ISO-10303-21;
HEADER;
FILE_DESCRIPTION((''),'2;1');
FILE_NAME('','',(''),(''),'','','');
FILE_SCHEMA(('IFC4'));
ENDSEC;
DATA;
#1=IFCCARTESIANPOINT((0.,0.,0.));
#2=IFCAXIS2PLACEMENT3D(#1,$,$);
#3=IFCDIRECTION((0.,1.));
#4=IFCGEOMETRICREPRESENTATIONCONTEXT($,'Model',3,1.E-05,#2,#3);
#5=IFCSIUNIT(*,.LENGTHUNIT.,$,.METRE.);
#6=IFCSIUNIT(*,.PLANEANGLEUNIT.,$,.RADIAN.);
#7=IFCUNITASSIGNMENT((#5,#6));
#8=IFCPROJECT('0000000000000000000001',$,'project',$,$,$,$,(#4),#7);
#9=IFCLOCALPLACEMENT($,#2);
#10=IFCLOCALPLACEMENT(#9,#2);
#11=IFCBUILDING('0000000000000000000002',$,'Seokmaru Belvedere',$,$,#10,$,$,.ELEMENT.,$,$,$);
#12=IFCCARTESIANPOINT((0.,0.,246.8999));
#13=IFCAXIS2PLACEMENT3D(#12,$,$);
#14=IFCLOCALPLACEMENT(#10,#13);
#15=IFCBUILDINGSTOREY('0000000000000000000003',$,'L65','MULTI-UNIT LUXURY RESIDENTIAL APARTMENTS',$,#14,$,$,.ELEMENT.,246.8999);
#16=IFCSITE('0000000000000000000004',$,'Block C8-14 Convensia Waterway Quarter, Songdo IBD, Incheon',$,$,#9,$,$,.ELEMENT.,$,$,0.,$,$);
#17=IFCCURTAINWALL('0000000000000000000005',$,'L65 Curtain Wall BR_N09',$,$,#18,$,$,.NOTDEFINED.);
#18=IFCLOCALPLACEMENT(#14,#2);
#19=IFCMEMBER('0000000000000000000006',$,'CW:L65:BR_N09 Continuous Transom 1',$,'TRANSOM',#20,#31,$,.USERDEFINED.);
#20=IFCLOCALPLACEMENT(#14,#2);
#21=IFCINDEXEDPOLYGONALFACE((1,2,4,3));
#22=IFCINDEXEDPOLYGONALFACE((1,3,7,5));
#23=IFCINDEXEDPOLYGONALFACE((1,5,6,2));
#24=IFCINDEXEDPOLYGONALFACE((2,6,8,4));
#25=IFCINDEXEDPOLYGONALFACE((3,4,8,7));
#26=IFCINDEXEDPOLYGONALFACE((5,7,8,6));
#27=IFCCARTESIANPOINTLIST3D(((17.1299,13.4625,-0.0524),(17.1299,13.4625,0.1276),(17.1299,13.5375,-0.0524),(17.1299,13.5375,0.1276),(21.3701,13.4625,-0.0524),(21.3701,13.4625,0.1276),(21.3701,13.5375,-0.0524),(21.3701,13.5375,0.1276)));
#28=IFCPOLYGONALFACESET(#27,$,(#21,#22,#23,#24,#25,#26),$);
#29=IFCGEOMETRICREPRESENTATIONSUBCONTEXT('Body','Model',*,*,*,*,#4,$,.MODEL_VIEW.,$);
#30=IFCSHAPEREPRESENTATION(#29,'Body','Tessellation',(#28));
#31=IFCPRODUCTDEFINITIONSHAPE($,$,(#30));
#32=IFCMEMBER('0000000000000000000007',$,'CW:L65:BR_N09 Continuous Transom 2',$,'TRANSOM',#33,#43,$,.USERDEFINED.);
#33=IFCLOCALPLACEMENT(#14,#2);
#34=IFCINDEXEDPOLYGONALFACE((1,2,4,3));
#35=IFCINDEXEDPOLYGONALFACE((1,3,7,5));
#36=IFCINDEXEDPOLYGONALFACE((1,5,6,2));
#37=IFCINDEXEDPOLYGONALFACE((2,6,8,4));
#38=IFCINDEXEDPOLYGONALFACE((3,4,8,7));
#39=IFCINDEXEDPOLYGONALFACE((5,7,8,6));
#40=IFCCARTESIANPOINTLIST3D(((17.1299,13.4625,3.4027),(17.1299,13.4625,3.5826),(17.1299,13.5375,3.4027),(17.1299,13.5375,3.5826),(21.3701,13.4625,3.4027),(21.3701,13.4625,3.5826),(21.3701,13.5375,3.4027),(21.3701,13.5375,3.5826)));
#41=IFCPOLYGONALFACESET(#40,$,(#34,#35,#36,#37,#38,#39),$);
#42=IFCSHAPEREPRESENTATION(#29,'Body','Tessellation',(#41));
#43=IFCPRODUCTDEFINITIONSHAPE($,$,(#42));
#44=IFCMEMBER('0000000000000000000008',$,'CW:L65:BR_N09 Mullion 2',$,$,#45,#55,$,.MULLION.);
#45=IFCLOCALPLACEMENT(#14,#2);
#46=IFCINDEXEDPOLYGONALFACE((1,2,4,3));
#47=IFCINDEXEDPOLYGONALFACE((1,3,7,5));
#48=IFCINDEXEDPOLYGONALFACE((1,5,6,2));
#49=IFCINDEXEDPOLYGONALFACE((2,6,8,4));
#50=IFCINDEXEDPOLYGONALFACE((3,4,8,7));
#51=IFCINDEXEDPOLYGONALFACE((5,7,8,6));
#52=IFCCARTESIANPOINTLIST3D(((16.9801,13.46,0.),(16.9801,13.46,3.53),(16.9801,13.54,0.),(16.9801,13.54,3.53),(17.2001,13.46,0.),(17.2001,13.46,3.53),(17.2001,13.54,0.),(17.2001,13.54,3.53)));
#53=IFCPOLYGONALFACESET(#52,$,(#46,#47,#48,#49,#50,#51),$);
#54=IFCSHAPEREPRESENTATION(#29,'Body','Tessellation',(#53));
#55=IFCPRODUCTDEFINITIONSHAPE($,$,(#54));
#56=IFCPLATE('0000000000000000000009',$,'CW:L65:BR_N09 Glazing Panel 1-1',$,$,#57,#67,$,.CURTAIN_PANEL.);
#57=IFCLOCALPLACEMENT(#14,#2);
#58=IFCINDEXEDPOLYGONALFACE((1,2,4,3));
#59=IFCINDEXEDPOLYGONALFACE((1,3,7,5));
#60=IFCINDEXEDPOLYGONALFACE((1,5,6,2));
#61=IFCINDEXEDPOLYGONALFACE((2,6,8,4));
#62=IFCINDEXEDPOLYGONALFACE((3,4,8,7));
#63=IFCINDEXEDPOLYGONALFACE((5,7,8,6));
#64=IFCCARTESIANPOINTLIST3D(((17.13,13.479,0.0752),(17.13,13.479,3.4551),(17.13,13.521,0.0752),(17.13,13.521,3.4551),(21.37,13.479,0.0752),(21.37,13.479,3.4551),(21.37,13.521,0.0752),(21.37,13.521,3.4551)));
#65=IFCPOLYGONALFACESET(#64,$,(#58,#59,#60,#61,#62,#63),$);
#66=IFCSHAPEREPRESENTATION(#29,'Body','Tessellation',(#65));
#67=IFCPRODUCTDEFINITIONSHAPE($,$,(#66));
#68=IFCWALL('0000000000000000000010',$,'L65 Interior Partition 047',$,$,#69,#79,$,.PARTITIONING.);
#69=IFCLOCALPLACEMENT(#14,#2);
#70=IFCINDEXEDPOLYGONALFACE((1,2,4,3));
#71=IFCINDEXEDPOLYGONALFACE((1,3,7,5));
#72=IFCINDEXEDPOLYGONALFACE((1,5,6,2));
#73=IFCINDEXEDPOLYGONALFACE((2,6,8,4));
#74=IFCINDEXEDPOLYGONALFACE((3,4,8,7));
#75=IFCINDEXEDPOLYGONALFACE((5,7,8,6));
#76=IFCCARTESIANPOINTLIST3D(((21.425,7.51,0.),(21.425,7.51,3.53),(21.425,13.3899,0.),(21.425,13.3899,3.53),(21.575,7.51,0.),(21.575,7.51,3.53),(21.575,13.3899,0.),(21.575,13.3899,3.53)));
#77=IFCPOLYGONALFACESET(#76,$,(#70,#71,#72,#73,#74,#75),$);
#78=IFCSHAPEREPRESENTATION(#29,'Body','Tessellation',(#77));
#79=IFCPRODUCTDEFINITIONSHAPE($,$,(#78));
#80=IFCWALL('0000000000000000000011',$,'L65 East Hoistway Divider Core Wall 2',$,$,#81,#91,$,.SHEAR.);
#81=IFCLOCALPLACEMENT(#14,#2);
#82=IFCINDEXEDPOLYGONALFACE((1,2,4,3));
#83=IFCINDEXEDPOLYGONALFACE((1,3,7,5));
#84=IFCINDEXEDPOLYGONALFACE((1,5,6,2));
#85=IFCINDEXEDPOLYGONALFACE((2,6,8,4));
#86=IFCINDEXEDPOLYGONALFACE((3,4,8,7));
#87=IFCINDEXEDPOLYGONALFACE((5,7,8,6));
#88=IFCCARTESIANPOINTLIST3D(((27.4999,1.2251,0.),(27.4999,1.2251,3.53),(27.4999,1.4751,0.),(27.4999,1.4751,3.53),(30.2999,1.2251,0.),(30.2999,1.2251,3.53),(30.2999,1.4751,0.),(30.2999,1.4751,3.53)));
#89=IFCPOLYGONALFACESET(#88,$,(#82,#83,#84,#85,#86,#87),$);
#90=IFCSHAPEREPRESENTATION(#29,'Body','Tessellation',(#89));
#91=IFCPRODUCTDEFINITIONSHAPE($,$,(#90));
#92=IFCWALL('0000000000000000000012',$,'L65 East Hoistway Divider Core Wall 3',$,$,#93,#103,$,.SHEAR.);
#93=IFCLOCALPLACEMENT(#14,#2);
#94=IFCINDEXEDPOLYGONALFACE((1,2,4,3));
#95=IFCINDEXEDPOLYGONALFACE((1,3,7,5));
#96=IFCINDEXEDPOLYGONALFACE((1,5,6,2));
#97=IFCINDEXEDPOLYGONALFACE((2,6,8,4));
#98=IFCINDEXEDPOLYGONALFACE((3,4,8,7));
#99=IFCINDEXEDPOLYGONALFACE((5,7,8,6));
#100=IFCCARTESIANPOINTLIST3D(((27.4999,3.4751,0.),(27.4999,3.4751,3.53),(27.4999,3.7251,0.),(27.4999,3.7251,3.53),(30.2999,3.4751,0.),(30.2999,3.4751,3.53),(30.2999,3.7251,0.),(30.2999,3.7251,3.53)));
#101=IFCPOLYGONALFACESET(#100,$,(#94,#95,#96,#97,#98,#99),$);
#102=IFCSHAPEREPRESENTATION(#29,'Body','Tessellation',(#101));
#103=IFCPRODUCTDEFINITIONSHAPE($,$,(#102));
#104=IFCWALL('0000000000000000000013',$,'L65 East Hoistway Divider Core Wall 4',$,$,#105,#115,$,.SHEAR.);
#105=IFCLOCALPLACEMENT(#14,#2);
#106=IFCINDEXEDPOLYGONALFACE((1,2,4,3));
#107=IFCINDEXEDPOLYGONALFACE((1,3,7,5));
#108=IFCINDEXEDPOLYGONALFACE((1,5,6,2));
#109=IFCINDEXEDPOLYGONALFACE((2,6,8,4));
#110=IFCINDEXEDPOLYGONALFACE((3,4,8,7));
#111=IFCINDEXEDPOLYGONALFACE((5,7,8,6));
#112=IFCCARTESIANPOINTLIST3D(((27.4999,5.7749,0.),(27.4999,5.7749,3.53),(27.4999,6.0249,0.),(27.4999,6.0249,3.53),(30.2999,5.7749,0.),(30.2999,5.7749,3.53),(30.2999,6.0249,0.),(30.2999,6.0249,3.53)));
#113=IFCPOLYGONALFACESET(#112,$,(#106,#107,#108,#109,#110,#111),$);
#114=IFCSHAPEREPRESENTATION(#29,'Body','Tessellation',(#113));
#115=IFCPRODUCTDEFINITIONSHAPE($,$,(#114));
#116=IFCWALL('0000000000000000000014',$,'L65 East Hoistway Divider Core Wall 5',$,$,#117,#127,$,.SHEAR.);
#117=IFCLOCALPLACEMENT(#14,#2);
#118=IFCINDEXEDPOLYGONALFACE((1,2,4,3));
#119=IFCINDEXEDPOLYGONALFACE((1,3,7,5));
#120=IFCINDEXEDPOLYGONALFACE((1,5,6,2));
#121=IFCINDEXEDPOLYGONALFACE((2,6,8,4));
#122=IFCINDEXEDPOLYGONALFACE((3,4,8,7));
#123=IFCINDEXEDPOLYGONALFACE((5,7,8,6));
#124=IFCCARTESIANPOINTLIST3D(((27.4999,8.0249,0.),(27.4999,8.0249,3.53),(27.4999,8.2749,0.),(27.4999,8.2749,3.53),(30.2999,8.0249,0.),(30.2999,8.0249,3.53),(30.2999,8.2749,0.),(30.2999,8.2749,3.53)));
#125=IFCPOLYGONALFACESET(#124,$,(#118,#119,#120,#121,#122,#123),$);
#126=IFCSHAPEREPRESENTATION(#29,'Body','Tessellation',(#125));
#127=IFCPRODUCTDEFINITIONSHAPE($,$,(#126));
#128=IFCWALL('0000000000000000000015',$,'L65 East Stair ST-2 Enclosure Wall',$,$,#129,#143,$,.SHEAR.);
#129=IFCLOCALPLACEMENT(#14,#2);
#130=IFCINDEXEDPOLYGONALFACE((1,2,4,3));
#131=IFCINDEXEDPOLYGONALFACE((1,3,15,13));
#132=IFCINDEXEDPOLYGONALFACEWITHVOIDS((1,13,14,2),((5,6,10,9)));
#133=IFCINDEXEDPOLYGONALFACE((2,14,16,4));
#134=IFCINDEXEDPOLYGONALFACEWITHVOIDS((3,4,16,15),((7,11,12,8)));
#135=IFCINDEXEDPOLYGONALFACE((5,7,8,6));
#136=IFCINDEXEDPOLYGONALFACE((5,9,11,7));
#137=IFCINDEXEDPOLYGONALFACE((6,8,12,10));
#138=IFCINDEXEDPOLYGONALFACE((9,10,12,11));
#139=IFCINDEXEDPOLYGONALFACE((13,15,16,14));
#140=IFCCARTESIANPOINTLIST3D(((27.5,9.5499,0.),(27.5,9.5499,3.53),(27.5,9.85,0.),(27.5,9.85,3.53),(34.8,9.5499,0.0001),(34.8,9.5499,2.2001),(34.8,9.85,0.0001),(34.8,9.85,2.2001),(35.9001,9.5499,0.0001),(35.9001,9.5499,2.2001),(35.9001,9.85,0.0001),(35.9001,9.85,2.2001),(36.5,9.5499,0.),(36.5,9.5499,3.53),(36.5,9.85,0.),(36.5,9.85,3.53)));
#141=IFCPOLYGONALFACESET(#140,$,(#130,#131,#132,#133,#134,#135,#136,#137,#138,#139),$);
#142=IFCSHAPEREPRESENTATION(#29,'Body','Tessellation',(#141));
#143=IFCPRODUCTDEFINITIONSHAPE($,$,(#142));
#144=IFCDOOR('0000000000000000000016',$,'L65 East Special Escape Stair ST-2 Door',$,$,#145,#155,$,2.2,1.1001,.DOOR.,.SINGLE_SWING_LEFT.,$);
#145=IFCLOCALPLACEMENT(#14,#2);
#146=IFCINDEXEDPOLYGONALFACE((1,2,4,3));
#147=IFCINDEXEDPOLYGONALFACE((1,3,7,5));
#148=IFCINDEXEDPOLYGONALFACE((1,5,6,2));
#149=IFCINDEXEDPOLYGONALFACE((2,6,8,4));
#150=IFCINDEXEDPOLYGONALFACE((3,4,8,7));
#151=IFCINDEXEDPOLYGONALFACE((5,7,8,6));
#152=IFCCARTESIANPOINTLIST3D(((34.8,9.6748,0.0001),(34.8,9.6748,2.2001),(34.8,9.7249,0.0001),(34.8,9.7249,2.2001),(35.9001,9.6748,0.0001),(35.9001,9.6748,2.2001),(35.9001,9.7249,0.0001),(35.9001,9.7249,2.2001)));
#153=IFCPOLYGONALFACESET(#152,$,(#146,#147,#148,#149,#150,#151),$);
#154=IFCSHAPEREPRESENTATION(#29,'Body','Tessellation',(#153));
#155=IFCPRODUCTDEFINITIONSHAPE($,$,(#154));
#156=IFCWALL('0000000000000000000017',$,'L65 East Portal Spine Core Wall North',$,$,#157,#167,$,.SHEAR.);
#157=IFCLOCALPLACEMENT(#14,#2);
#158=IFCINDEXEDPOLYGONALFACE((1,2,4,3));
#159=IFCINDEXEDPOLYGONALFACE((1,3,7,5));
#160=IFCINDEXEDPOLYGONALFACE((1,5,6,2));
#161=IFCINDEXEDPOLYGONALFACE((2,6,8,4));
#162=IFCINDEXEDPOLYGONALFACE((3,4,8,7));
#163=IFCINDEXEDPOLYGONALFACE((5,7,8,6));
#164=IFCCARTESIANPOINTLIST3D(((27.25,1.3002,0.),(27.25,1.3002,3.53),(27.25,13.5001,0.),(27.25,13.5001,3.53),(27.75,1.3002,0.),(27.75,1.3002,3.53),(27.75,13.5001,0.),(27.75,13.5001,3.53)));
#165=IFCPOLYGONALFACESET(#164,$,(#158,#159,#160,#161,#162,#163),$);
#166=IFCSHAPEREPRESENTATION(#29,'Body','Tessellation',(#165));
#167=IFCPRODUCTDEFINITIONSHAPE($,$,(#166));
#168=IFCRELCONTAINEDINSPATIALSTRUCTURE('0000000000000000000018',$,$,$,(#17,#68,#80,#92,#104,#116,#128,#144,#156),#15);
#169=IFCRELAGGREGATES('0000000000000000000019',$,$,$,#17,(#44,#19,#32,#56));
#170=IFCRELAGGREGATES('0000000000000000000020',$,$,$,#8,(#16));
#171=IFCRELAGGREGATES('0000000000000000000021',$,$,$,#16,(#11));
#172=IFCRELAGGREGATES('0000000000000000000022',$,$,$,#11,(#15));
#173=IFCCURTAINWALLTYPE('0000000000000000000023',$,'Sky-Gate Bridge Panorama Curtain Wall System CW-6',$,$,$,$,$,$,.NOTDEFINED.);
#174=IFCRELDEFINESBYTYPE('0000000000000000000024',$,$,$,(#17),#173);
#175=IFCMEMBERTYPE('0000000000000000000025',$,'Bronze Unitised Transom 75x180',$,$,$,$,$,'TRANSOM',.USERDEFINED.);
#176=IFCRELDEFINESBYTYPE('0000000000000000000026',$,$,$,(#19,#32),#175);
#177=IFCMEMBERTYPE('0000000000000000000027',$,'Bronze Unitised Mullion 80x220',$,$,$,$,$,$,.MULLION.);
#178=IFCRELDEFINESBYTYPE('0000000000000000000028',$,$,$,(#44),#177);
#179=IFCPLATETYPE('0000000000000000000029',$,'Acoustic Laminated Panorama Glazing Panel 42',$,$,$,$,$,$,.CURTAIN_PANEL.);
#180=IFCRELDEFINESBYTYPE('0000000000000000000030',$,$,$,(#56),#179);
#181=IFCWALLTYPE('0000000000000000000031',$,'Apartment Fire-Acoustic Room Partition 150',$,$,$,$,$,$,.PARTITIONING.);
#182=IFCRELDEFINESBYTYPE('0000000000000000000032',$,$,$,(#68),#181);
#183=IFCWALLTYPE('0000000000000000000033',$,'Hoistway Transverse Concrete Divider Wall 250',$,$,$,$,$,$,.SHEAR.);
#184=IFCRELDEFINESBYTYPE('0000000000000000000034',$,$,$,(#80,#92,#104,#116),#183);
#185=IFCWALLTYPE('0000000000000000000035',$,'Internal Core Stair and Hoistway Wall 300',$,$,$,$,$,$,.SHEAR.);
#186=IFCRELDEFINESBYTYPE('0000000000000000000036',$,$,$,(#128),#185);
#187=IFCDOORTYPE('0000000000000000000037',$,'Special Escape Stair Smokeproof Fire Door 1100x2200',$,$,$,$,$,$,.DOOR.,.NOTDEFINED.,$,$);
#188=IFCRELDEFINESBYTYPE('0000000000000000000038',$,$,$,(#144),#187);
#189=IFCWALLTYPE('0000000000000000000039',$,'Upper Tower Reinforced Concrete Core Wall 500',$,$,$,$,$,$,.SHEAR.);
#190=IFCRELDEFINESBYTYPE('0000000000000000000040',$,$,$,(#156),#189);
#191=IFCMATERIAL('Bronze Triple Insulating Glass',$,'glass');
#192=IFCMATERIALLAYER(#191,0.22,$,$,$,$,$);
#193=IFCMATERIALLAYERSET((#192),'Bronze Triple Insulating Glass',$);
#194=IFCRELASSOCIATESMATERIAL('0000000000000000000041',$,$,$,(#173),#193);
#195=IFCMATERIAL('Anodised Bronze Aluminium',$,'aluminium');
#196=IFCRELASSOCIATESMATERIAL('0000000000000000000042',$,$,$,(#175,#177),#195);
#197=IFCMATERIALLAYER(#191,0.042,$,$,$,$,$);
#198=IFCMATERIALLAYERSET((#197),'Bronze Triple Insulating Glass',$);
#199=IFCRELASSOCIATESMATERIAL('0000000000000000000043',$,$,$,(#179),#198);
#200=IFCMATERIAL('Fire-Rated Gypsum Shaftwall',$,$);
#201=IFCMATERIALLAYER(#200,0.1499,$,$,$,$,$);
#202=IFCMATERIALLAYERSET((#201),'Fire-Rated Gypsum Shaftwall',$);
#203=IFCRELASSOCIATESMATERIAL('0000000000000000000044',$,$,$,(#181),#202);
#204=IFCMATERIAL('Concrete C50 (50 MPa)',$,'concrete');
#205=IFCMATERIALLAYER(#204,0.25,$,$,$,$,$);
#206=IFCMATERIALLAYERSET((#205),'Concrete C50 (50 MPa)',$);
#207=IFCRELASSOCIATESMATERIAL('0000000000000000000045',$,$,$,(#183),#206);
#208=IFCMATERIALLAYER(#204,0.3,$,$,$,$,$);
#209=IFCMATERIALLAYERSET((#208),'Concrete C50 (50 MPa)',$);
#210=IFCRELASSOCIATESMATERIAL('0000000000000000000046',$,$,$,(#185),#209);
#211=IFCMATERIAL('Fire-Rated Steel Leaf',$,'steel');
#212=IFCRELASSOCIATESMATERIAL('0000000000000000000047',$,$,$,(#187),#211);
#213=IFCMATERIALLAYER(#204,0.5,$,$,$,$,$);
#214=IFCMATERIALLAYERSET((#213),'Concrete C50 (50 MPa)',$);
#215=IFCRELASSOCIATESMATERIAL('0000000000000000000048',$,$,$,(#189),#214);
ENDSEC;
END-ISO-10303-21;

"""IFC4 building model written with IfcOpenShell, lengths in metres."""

from ifc_helpers import new_model, si_unit, direction, frame, frame_2d, origin, origin_2d, place, context, subcontext, project, spatial, rectangle, extrude, source, transform, mapped, material, layer, layer_set, material_profile, profile_set, type_object, type_shapes, element, fill, aggregate, save


model = new_model("IFC4")

# Units and contexts
model_context = context("Model", 3, precision=1e-05, world=origin(), true_north=direction((0.0, 1.0)))
body_context = subcontext(model_context, "Body", "Model", "MODEL_VIEW")
ifc_project = project(units=[si_unit("LENGTHUNIT", "METRE"), si_unit("PLANEANGLEUNIT", "RADIAN")], contexts=[model_context])

# Site, building, storey
site_placement = place(None, origin())
site = spatial("IfcSite", under=ifc_project, at=site_placement, Name="Block C8-14 Convensia Waterway Quarter, Songdo IBD, Incheon", CompositionType="ELEMENT", RefElevation=0.0)
building_placement = place(site_placement, origin())
building = spatial("IfcBuilding", under=site, at=building_placement, Name="Seokmaru Belvedere", CompositionType="ELEMENT")
storey_placement = place(building_placement, frame((0.0, 0.0, 246.8999)))
storey = spatial("IfcBuildingStorey", under=building, at=storey_placement, Name="L65", Description="MULTI-UNIT LUXURY RESIDENTIAL APARTMENTS", CompositionType="ELEMENT", Elevation=246.8999)

# Curtain wall, members, plate
ifc_material_1 = material(Name="Bronze Triple Insulating Glass", Category="glass")
ifc_layer_1 = layer(ifc_material_1, 0.22)
ifc_layer_set_1 = layer_set([ifc_layer_1], Name="Bronze Triple Insulating Glass")
curtain_wall_type = type_object("IfcCurtainWallType", Name="Sky-Gate Bridge Panorama Curtain Wall System CW-6", PredefinedType="NOTDEFINED", material=ifc_layer_set_1)
curtain_wall_placement = place(storey_placement, origin())
curtain_wall = element("IfcCurtainWall", 1, at=curtain_wall_placement, inside=storey, type_object=curtain_wall_type, Name="L65 Curtain Wall BR_N09", PredefinedType="NOTDEFINED")
ifc_material_2 = material(Name="Anodised Bronze Aluminium", Category="aluminium")
ifc_material_profile_1 = material_profile(ifc_material_2, rectangle(XDim=0.075, YDim=0.1799, at=origin_2d()), Name="CW-T-75x180")
ifc_profile_set_1 = profile_set([ifc_material_profile_1], Name="Anodised Bronze Aluminium")
member_type_1 = type_object("IfcMemberType", Name="Bronze Unitised Transom 75x180", ElementType="TRANSOM", PredefinedType="USERDEFINED", material=ifc_profile_set_1)
shared_shape_1 = source(origin(), body_context, "Body", "SweptSolid", [
    extrude(rectangle(XDim=0.075, YDim=0.1799, at=origin_2d()), origin(), (0.0, 0.0, 1.0), 4.2402),
])
type_shapes(member_type_1, [shared_shape_1])
member_1_placement = place(storey_placement, frame((21.3701, 13.5, 0.0376), z_axis=(-1.0, 0.0, 0.0), x_axis=(0.0, -1.0, 0.0)))
member_1 = element("IfcMember", 2, at=member_1_placement, type_object=member_type_1, Name="CW:L65:BR_N09 Continuous Transom 1", ObjectType="TRANSOM", PredefinedType="USERDEFINED", context=body_context, shape_type="MappedRepresentation", body=[
    mapped(shared_shape_1, transform((0.0, 0.0, 0.0), scale=1.0)),
])
member_2_placement = place(storey_placement, frame((21.3701, 13.5, 3.4927), z_axis=(-1.0, 0.0, 0.0), x_axis=(0.0, -1.0, 0.0)))
member_2 = element("IfcMember", 3, at=member_2_placement, type_object=member_type_1, Name="CW:L65:BR_N09 Continuous Transom 2", ObjectType="TRANSOM", PredefinedType="USERDEFINED", context=body_context, shape_type="MappedRepresentation", body=[
    mapped(shared_shape_1, transform((0.0, 0.0, 0.0), scale=1.0)),
])
ifc_material_profile_2 = material_profile(ifc_material_2, rectangle(XDim=0.0801, YDim=0.22, at=origin_2d()), Name="CW-M-80x220")
ifc_profile_set_2 = profile_set([ifc_material_profile_2], Name="Anodised Bronze Aluminium")
member_type_2 = type_object("IfcMemberType", Name="Bronze Unitised Mullion 80x220", PredefinedType="MULLION", material=ifc_profile_set_2)
shared_shape_2 = source(origin(), body_context, "Body", "SweptSolid", [
    extrude(rectangle(XDim=0.0801, YDim=0.22, at=origin_2d()), origin(), (0.0, 0.0, 1.0), 3.53),
])
type_shapes(member_type_2, [shared_shape_2])
member_3_placement = place(storey_placement, frame((17.0901, 13.5, 0.0), z_axis=(0.0, 0.0, 1.0), x_axis=(0.0, -1.0, 0.0)))
member_3 = element("IfcMember", 4, at=member_3_placement, type_object=member_type_2, Name="CW:L65:BR_N09 Mullion 2", PredefinedType="MULLION", context=body_context, shape_type="MappedRepresentation", body=[
    mapped(shared_shape_2, transform((0.0, 0.0, 0.0), scale=1.0)),
])
ifc_layer_2 = layer(ifc_material_1, 0.042)
ifc_layer_set_2 = layer_set([ifc_layer_2], Name="Bronze Triple Insulating Glass")
plate_type = type_object("IfcPlateType", Name="Acoustic Laminated Panorama Glazing Panel 42", PredefinedType="CURTAIN_PANEL", material=ifc_layer_set_2)
shared_shape_3 = source(origin(), body_context, "Body", "SweptSolid", [
    extrude(rectangle(XDim=4.24, YDim=0.042, at=origin_2d()), origin(), (0.0, 0.0, 1.0), 3.3799),
])
type_shapes(plate_type, [shared_shape_3])
plate_placement = place(storey_placement, frame((19.25, 13.5, 0.0752), z_axis=(0.0, 0.0, 1.0), x_axis=(-1.0, 0.0, 0.0)))
plate = element("IfcPlate", 5, at=plate_placement, type_object=plate_type, Name="CW:L65:BR_N09 Glazing Panel 1-1", PredefinedType="CURTAIN_PANEL", context=body_context, shape_type="MappedRepresentation", body=[
    mapped(shared_shape_3, transform((0.0, 0.0, 0.0), scale=1.0)),
])
aggregate(curtain_wall, [member_3, member_1, member_2, plate])

# Walls
ifc_material_3 = material(Name="Fire-Rated Gypsum Shaftwall")
ifc_layer_3 = layer(ifc_material_3, 0.1499)
ifc_layer_set_3 = layer_set([ifc_layer_3], Name="Fire-Rated Gypsum Shaftwall")
wall_type_1 = type_object("IfcWallType", Name="Apartment Fire-Acoustic Room Partition 150", PredefinedType="PARTITIONING", material=ifc_layer_set_3)
wall_1_placement = place(storey_placement, frame((21.5, 7.51, 0.0), z_axis=(0.0, 0.0, 1.0), x_axis=(0.0, 1.0, 0.0)))
element("IfcWall", 6, at=wall_1_placement, inside=storey, type_object=wall_type_1, Name="L65 Interior Partition 047", PredefinedType="PARTITIONING", context=body_context, shape_type="SweptSolid", body=[
    extrude(rectangle(XDim=5.8799, YDim=0.1499, at=frame_2d((2.9399, 0.0))), origin(), (0.0, 0.0, 1.0), 3.53),
])
ifc_material_4 = material(Name="Concrete C50 (50 MPa)", Category="concrete")
ifc_layer_4 = layer(ifc_material_4, 0.25)
ifc_layer_set_4 = layer_set([ifc_layer_4], Name="Concrete C50 (50 MPa)")
wall_type_2 = type_object("IfcWallType", Name="Hoistway Transverse Concrete Divider Wall 250", PredefinedType="SHEAR", material=ifc_layer_set_4)
for number, where, z_axis, x_axis, name in (
    (7, (27.5, 1.3501, 0.0), (0.0, 0.0, 1.0), (1.0, 0.0, 0.0), "L65 East Hoistway Divider Core Wall 2"),
    (8, (27.5, 3.6001, 0.0), (0.0, 0.0, 1.0), (1.0, 0.0, 0.0), "L65 East Hoistway Divider Core Wall 3"),
    (9, (27.5, 5.8999, 0.0), (0.0, 0.0, 1.0), (1.0, 0.0, 0.0), "L65 East Hoistway Divider Core Wall 4"),
    (10, (27.5, 8.1499, 0.0), (0.0, 0.0, 1.0), (1.0, 0.0, 0.0), "L65 East Hoistway Divider Core Wall 5"),
):
    element("IfcWall", number, at=place(storey_placement, frame(where, z_axis=z_axis, x_axis=x_axis)), inside=storey, type_object=wall_type_2, Name=name, PredefinedType="SHEAR", context=body_context, shape_type="SweptSolid", body=[
        extrude(rectangle(XDim=2.8, YDim=0.25, at=frame_2d((1.3999, 0.0))), origin(), (0.0, 0.0, 1.0), 3.53),
    ])

# Wall, opening, door
ifc_layer_5 = layer(ifc_material_4, 0.3)
ifc_layer_set_5 = layer_set([ifc_layer_5], Name="Concrete C50 (50 MPa)")
wall_type_3 = type_object("IfcWallType", Name="Internal Core Stair and Hoistway Wall 300", PredefinedType="SHEAR", material=ifc_layer_set_5)
wall_2_placement = place(storey_placement, frame((27.5, 9.7, 0.0), z_axis=(0.0, 0.0, 1.0), x_axis=(1.0, 0.0, 0.0)))
wall_2 = element("IfcWall", 11, at=wall_2_placement, inside=storey, type_object=wall_type_3, Name="L65 East Stair ST-2 Enclosure Wall", PredefinedType="SHEAR", context=body_context, shape_type="SweptSolid", body=[
    extrude(rectangle(XDim=9.0, YDim=0.3, at=frame_2d((4.5, 0.0))), origin(), (0.0, 0.0, 1.0), 3.53),
])
opening_placement = place(wall_2_placement, frame((7.3, 0.0, 0.0)))
opening = element("IfcOpeningElement", 12, at=opening_placement, cuts=wall_2, PredefinedType="OPENING", context=body_context, shape_type="SweptSolid", body=[
    extrude(rectangle(XDim=1.1001, YDim=2.2, at=frame_2d((0.55, 1.1001))), frame((0.0, 0.1602, 0.0), z_axis=(0.0, -1.0, 0.0), x_axis=(1.0, 0.0, 0.0)), (0.0, 0.0, 1.0), 0.3201),
])
ifc_material_5 = material(Name="Fire-Rated Steel Leaf", Category="steel")
door_type = type_object("IfcDoorType", Name="Special Escape Stair Smokeproof Fire Door 1100x2200", OperationType="NOTDEFINED", PredefinedType="DOOR", material=ifc_material_5)
shared_shape_4 = source(origin(), body_context, "Body", "SweptSolid", [
    extrude(rectangle(XDim=1.1001, YDim=2.2, at=frame_2d((0.55, 1.1001))), frame((0.0, 0.0249, 0.0), z_axis=(0.0, -1.0, 0.0), x_axis=(1.0, 0.0, 0.0)), (0.0, 0.0, 1.0), 0.05),
])
type_shapes(door_type, [shared_shape_4])
door_placement = place(opening_placement, origin())
door = element("IfcDoor", 13, at=door_placement, inside=storey, type_object=door_type, Name="L65 East Special Escape Stair ST-2 Door", OperationType="SINGLE_SWING_LEFT", OverallHeight=2.2, OverallWidth=1.1001, PredefinedType="DOOR", context=body_context, shape_type="MappedRepresentation", body=[
    mapped(shared_shape_4, transform((0.0, 0.0, 0.0), scale=1.0)),
])
fill(opening, door)

# Wall
ifc_layer_6 = layer(ifc_material_4, 0.5)
ifc_layer_set_6 = layer_set([ifc_layer_6], Name="Concrete C50 (50 MPa)")
wall_type_4 = type_object("IfcWallType", Name="Upper Tower Reinforced Concrete Core Wall 500", PredefinedType="SHEAR", material=ifc_layer_set_6)
wall_3_placement = place(storey_placement, frame((27.5, 1.3, 0.0), z_axis=(0.0, 0.0, 1.0), x_axis=(0.0, 1.0, 0.0)))
element("IfcWall", 14, at=wall_3_placement, inside=storey, type_object=wall_type_4, Name="L65 East Portal Spine Core Wall North", PredefinedType="SHEAR", context=body_context, shape_type="SweptSolid", body=[
    extrude(rectangle(XDim=12.2, YDim=0.5, at=frame_2d((6.1001, 0.0))), origin(), (0.0, 0.0, 1.0), 3.53),
])

save(model, "model.ifc")
